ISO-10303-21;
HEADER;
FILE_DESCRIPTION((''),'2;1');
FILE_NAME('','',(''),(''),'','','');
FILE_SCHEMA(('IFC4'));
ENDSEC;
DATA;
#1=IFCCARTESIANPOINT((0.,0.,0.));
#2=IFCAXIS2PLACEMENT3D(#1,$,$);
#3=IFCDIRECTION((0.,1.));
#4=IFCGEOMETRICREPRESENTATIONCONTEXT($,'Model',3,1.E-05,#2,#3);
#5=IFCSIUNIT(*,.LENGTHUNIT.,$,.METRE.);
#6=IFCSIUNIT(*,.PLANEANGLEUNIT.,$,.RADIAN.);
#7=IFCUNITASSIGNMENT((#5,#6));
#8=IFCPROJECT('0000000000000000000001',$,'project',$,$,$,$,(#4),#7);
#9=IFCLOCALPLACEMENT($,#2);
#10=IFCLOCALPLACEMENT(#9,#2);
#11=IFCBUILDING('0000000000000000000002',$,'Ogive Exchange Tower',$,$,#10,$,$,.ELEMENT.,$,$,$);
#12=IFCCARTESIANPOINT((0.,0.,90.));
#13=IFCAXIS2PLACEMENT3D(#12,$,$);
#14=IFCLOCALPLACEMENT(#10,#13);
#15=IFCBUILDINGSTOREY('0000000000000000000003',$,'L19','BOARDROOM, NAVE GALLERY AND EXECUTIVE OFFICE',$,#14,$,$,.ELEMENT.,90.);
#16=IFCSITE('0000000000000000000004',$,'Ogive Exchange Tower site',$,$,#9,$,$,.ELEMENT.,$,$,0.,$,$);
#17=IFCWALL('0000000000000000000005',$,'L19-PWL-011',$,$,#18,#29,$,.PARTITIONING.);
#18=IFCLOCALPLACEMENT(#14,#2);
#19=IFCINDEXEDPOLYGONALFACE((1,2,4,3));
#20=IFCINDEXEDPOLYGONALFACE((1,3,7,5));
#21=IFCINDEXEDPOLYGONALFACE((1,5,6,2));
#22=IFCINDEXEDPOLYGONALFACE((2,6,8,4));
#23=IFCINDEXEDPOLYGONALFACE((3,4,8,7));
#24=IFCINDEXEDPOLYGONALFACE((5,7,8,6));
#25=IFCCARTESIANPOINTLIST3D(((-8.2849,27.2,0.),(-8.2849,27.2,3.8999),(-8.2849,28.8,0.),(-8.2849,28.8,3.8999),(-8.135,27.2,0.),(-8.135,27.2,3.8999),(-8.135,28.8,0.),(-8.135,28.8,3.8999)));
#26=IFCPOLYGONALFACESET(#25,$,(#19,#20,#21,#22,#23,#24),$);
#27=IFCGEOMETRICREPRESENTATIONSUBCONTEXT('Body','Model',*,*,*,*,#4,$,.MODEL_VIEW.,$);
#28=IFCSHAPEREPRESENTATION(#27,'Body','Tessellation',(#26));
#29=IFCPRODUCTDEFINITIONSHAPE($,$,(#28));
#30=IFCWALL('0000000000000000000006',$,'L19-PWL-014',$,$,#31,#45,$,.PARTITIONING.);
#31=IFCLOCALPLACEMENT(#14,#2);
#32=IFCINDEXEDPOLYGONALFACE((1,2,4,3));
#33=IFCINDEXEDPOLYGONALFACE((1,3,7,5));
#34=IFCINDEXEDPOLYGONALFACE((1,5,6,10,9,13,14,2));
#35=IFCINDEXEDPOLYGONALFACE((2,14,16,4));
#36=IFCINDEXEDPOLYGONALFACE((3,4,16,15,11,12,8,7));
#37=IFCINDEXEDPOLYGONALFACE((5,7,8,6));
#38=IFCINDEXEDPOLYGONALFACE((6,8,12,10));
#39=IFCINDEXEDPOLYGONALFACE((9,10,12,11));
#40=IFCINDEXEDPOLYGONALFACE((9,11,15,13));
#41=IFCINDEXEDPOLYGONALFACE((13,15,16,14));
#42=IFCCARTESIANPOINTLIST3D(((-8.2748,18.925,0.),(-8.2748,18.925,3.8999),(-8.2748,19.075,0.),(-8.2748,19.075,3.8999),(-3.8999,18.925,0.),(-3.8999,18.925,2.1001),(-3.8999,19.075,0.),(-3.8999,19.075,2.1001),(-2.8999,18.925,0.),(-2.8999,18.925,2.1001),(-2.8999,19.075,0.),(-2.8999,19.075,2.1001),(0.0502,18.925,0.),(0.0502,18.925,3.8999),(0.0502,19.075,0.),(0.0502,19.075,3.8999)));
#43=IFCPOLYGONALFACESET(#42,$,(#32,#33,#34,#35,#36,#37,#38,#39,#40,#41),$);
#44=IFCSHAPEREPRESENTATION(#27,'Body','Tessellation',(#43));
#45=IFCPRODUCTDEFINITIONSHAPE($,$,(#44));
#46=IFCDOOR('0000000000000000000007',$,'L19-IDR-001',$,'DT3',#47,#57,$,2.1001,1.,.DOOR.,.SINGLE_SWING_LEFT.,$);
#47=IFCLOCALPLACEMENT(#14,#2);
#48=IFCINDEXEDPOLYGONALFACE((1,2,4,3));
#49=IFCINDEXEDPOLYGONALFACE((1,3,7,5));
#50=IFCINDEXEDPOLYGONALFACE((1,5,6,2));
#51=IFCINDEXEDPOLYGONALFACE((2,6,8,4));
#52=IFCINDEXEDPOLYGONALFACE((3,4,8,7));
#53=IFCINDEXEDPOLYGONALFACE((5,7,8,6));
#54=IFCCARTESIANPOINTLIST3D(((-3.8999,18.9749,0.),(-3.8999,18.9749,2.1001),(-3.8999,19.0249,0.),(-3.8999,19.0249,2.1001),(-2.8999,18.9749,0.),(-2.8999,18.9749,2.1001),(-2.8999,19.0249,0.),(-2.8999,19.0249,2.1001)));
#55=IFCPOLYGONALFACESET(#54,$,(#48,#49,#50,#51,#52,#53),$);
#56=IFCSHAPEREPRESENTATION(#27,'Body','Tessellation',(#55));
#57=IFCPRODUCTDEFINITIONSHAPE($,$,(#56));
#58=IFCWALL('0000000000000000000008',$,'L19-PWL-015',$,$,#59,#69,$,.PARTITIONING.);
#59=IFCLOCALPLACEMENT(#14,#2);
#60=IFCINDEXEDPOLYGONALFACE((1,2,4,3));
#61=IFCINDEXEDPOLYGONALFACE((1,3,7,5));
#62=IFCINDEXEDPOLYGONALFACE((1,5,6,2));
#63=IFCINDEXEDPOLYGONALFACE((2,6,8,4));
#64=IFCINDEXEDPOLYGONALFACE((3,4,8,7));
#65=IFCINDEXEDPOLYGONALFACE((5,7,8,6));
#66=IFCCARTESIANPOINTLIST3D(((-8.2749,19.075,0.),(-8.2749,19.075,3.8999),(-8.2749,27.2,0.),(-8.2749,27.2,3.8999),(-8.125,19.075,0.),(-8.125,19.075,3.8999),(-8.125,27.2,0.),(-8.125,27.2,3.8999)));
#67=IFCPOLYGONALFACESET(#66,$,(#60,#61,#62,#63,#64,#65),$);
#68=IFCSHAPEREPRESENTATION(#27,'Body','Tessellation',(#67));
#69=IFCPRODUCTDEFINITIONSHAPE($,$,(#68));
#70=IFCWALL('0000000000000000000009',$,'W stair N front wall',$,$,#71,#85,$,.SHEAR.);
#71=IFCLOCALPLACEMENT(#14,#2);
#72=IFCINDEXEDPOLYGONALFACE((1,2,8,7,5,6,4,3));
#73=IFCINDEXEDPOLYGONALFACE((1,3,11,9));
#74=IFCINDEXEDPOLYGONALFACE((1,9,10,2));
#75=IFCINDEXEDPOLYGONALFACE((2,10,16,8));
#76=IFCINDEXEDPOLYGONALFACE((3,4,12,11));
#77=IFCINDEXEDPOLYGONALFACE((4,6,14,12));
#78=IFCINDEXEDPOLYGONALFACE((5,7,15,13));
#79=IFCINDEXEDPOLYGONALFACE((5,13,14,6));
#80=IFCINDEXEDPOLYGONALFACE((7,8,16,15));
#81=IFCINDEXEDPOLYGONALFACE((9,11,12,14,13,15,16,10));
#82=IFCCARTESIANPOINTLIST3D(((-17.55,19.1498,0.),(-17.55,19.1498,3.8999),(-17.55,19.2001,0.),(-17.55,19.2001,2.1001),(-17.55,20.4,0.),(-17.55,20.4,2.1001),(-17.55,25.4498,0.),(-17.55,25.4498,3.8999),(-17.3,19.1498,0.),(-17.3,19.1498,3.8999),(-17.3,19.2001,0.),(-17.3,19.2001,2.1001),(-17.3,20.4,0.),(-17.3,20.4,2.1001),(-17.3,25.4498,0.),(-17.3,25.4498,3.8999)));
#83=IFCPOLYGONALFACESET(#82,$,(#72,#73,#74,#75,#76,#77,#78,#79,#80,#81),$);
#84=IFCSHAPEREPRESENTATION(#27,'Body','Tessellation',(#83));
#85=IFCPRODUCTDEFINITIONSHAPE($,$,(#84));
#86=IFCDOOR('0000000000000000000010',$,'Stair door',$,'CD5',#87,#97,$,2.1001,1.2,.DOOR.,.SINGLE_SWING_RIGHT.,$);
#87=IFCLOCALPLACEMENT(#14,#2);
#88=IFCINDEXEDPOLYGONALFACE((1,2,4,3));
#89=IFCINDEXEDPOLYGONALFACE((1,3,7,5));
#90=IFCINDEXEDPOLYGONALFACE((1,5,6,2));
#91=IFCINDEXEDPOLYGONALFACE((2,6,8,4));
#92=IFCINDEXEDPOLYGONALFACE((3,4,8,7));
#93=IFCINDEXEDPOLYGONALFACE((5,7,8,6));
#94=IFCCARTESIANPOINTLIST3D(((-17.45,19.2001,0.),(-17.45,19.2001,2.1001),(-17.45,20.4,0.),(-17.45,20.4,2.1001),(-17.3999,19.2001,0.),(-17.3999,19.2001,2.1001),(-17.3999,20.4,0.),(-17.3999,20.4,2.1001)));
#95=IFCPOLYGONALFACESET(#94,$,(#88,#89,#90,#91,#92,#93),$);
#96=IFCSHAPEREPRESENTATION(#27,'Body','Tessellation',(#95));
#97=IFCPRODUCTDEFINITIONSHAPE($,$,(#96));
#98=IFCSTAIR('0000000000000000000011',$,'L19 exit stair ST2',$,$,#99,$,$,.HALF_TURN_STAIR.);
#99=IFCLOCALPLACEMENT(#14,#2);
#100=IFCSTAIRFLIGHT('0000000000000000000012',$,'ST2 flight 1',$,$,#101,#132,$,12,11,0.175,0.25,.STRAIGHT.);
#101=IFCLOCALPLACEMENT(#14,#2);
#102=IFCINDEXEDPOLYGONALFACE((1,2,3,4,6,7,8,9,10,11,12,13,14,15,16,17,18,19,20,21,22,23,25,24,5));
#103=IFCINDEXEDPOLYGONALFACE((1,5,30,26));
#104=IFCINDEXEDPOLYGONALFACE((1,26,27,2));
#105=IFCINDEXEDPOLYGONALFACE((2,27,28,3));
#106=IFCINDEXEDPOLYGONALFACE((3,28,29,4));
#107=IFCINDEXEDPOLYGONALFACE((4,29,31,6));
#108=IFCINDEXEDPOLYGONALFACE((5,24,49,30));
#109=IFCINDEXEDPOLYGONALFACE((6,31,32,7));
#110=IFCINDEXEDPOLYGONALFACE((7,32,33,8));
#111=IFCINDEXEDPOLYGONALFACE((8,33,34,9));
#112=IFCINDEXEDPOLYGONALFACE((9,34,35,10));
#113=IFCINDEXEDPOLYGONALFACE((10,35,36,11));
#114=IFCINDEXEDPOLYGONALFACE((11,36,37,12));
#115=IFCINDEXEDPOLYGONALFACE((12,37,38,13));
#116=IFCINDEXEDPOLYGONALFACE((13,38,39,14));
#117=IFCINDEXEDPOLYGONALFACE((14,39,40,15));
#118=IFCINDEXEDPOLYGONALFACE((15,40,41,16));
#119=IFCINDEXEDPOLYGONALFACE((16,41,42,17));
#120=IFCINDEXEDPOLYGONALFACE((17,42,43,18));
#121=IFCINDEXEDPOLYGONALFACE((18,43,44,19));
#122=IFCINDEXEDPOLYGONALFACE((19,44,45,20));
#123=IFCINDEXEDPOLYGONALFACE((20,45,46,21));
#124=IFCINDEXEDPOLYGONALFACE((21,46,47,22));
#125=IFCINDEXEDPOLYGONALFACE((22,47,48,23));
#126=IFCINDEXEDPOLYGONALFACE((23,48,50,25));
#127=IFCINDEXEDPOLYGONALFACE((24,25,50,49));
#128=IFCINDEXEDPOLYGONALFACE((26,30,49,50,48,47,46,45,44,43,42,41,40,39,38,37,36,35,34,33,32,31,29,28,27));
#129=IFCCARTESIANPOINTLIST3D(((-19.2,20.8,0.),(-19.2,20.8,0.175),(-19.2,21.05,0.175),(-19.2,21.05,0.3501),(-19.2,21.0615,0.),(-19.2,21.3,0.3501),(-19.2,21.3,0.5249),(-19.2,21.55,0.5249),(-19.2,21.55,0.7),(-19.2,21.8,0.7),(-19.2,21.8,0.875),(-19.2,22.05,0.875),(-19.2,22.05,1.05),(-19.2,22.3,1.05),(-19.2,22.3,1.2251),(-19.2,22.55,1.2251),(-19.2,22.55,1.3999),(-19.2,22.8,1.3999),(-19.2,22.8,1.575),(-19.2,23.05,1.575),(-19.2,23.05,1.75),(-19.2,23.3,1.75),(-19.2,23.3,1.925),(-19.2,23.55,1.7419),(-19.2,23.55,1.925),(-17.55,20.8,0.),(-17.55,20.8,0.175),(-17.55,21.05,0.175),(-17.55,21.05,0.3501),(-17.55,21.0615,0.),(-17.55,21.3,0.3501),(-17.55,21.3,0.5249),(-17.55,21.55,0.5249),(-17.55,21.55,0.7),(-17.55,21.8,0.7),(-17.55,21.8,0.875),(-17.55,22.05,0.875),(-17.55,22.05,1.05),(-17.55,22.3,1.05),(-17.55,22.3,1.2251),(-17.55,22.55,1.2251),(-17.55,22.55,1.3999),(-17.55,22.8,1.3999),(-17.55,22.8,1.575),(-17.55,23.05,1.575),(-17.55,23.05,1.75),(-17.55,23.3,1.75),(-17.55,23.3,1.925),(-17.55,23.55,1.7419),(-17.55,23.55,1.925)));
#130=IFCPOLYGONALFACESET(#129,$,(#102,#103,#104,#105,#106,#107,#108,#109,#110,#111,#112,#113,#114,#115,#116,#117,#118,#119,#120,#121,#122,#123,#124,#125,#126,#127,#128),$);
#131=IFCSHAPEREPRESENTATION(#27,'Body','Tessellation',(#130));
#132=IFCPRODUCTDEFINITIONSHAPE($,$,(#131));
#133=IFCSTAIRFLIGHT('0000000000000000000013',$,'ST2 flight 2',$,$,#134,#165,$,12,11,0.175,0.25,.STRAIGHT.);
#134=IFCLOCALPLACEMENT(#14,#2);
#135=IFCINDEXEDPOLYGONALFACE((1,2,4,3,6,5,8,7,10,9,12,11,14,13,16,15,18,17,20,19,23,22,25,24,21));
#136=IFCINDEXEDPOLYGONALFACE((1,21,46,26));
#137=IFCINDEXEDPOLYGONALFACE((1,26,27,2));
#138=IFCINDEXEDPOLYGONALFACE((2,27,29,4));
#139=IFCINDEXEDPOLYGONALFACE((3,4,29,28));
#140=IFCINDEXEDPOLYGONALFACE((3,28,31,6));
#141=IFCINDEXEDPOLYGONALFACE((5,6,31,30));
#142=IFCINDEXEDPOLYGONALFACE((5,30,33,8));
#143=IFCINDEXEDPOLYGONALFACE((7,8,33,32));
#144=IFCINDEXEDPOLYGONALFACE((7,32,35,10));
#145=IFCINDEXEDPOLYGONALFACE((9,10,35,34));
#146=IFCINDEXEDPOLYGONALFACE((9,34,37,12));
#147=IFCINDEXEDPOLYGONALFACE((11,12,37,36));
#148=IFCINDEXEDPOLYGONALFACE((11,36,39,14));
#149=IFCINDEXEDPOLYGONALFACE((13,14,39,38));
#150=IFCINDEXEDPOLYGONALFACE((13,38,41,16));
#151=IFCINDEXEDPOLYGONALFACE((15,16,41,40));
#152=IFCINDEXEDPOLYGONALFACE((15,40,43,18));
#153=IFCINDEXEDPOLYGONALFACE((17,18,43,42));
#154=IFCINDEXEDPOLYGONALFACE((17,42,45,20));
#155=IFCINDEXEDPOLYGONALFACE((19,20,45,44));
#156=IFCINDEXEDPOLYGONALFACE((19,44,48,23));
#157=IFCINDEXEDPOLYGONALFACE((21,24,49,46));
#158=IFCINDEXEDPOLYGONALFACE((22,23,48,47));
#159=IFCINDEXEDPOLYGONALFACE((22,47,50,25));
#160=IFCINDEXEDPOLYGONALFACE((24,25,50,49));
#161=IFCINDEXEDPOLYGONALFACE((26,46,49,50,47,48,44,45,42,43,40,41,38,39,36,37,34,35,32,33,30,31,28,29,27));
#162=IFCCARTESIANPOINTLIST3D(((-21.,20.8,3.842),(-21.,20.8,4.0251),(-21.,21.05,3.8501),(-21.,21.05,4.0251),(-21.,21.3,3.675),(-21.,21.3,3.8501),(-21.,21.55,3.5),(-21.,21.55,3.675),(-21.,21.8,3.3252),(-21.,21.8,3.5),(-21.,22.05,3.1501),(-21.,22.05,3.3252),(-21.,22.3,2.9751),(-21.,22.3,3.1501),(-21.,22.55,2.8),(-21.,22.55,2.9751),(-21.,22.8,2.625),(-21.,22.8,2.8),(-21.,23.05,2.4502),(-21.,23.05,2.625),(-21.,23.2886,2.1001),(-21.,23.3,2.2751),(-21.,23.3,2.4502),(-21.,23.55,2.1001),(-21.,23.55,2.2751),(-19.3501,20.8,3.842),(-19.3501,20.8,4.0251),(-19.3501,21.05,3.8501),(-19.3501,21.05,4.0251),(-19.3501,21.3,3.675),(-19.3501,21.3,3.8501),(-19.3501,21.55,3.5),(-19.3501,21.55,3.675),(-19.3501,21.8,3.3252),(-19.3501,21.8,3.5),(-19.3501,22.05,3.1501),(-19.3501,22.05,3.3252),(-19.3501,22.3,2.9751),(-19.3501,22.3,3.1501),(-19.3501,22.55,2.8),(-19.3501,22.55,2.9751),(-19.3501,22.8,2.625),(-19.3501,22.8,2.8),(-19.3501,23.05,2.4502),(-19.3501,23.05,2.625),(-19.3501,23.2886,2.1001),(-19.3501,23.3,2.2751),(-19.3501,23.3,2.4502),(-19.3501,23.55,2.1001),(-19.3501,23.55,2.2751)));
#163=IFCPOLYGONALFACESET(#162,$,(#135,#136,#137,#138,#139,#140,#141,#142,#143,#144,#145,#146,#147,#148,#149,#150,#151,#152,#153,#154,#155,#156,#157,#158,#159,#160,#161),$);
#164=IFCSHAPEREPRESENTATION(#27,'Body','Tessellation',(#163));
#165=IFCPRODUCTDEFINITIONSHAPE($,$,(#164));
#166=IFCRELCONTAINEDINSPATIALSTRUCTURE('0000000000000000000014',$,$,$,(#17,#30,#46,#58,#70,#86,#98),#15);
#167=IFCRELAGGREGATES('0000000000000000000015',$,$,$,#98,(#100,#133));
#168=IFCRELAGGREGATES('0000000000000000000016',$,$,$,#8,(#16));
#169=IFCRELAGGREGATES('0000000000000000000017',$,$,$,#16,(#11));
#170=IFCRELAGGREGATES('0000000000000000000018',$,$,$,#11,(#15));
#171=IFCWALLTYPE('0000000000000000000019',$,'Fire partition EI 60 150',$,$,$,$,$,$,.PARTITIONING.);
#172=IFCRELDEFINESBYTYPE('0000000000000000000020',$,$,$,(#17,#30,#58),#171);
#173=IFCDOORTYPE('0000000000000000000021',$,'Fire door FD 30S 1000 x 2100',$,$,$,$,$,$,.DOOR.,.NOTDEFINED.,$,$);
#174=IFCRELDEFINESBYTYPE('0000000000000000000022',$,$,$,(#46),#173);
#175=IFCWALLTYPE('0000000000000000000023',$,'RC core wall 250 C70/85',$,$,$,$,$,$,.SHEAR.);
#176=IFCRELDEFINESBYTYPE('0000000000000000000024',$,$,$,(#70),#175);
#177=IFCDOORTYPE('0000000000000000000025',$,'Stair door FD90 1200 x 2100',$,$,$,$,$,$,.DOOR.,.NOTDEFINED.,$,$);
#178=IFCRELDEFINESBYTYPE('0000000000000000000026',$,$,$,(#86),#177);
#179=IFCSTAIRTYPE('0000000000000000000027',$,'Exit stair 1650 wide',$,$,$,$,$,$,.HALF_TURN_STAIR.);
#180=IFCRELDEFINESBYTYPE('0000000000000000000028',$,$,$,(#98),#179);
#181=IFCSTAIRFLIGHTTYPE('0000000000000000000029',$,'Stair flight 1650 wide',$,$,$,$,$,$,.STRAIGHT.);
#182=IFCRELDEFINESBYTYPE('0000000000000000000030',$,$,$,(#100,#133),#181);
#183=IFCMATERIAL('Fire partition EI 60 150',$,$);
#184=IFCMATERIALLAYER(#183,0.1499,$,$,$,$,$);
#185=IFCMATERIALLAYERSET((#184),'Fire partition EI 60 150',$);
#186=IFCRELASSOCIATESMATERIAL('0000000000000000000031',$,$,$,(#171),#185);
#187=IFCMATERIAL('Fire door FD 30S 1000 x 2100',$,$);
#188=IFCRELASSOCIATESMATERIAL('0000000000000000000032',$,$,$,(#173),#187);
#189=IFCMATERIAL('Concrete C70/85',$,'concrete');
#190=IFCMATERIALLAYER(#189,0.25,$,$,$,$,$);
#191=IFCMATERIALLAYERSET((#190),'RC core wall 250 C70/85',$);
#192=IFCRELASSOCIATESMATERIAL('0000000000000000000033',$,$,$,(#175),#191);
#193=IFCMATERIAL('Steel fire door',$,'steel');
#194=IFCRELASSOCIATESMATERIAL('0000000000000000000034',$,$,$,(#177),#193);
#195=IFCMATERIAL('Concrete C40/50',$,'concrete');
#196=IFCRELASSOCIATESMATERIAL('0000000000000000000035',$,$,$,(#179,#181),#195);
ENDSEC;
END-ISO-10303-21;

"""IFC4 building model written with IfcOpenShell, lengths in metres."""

from ifc_helpers import new_model, si_unit, direction, frame, frame_2d, origin, place, context, subcontext, project, spatial, polyline, rectangle, outline, extrude, material, layer, layer_set, type_object, element, fill, aggregate, save


model = new_model("IFC4")

# Units and contexts
model_context = context("Model", 3, precision=1e-05, world=origin(), true_north=direction((0.0, 1.0)))
body_context = subcontext(model_context, "Body", "Model", "MODEL_VIEW")
ifc_project = project(units=[si_unit("LENGTHUNIT", "METRE"), si_unit("PLANEANGLEUNIT", "RADIAN")], contexts=[model_context])

# Site, building, storey
site_placement = place(None, origin())
site = spatial("IfcSite", under=ifc_project, at=site_placement, Name="Ogive Exchange Tower site", CompositionType="ELEMENT", RefElevation=0.0)
building_placement = place(site_placement, origin())
building = spatial("IfcBuilding", under=site, at=building_placement, Name="Ogive Exchange Tower", CompositionType="ELEMENT")
storey_placement = place(building_placement, frame((0.0, 0.0, 90.0)))
storey = spatial("IfcBuildingStorey", under=building, at=storey_placement, Name="L19", Description="BOARDROOM, NAVE GALLERY AND EXECUTIVE OFFICE", CompositionType="ELEMENT", Elevation=90.0)

# Wall
ifc_material_1 = material(Name="Fire partition EI 60 150")
ifc_layer_1 = layer(ifc_material_1, 0.1499)
ifc_layer_set_1 = layer_set([ifc_layer_1], Name="Fire partition EI 60 150")
wall_type_1 = type_object("IfcWallType", Name="Fire partition EI 60 150", PredefinedType="PARTITIONING", material=ifc_layer_set_1)
wall_1_placement = place(storey_placement, frame((-8.21, 28.8, 0.0), z_axis=(0.0, 0.0, 1.0), x_axis=(0.0, -1.0, 0.0)))
element("IfcWall", 1, at=wall_1_placement, inside=storey, type_object=wall_type_1, Name="L19-PWL-011", PredefinedType="PARTITIONING", context=body_context, shape_type="SweptSolid", body=[
    extrude(rectangle(XDim=1.6001, YDim=0.1499, at=frame_2d((0.8, 0.0))), origin(), (0.0, 0.0, 1.0), 3.8999),
])

# Wall, opening, door
wall_2_placement = place(storey_placement, frame((-8.2749, 19.0, 0.0), z_axis=(0.0, 0.0, 1.0), x_axis=(1.0, 0.0, 0.0)))
wall_2 = element("IfcWall", 2, at=wall_2_placement, inside=storey, type_object=wall_type_1, Name="L19-PWL-014", PredefinedType="PARTITIONING", context=body_context, shape_type="SweptSolid", body=[
    extrude(rectangle(XDim=8.325, YDim=0.1499, at=frame_2d((4.1626, 0.0))), origin(), (0.0, 0.0, 1.0), 3.8999),
])
opening_1_placement = place(wall_2_placement, frame((4.375, 0.0, 0.0)))
opening_1 = element("IfcOpeningElement", 3, at=opening_1_placement, cuts=wall_2, PredefinedType="OPENING", context=body_context, shape_type="SweptSolid", body=[
    extrude(rectangle(XDim=1.0, YDim=2.1001, at=frame_2d((0.5, 1.05))), frame((0.0, 0.085, 0.0), z_axis=(0.0, -1.0, 0.0), x_axis=(1.0, 0.0, 0.0)), (0.0, 0.0, 1.0), 0.1699),
])
ifc_material_2 = material(Name="Fire door FD 30S 1000 x 2100")
door_type_1 = type_object("IfcDoorType", Name="Fire door FD 30S 1000 x 2100", OperationType="NOTDEFINED", PredefinedType="DOOR", material=ifc_material_2)
door_1_placement = place(opening_1_placement, origin())
door_1 = element("IfcDoor", 4, at=door_1_placement, inside=storey, type_object=door_type_1, Name="L19-IDR-001", ObjectType="DT3", OperationType="SINGLE_SWING_LEFT", OverallHeight=2.1001, OverallWidth=1.0, PredefinedType="DOOR", context=body_context, shape_type="SweptSolid", body=[
    extrude(rectangle(XDim=1.0, YDim=2.1001, at=frame_2d((0.5, 1.05))), frame((0.0, 0.0249, 0.0), z_axis=(0.0, -1.0, 0.0), x_axis=(1.0, 0.0, 0.0)), (0.0, 0.0, 1.0), 0.05),
])
fill(opening_1, door_1)

# Wall
wall_3_placement = place(storey_placement, frame((-8.2, 27.2, 0.0), z_axis=(0.0, 0.0, 1.0), x_axis=(0.0, -1.0, 0.0)))
element("IfcWall", 5, at=wall_3_placement, inside=storey, type_object=wall_type_1, Name="L19-PWL-015", PredefinedType="PARTITIONING", context=body_context, shape_type="SweptSolid", body=[
    extrude(rectangle(XDim=8.125, YDim=0.1499, at=frame_2d((4.0625, 0.0))), origin(), (0.0, 0.0, 1.0), 3.8999),
])

# Wall, opening, door
ifc_material_3 = material(Name="Concrete C70/85", Category="concrete")
ifc_layer_2 = layer(ifc_material_3, 0.25)
ifc_layer_set_2 = layer_set([ifc_layer_2], Name="RC core wall 250 C70/85")
wall_type_2 = type_object("IfcWallType", Name="RC core wall 250 C70/85", PredefinedType="SHEAR", material=ifc_layer_set_2)
wall_4_placement = place(storey_placement, frame((-17.425, 19.1499, 0.0), z_axis=(0.0, 0.0, 1.0), x_axis=(0.0, 1.0, 0.0)))
wall_4 = element("IfcWall", 6, at=wall_4_placement, inside=storey, type_object=wall_type_2, Name="W stair N front wall", PredefinedType="SHEAR", context=body_context, shape_type="SweptSolid", body=[
    extrude(rectangle(XDim=6.3, YDim=0.25, at=frame_2d((3.1499, 0.0))), origin(), (0.0, 0.0, 1.0), 3.8999),
])
opening_2_placement = place(wall_4_placement, frame((0.05, 0.0, 0.0)))
opening_2 = element("IfcOpeningElement", 7, at=opening_2_placement, cuts=wall_4, PredefinedType="OPENING", context=body_context, shape_type="SweptSolid", body=[
    extrude(rectangle(XDim=1.2, YDim=2.1001, at=frame_2d((0.6001, 1.05))), frame((0.0, 0.135, 0.0), z_axis=(0.0, -1.0, 0.0), x_axis=(1.0, 0.0, 0.0)), (0.0, 0.0, 1.0), 0.27),
])
ifc_material_4 = material(Name="Steel fire door", Category="steel")
door_type_2 = type_object("IfcDoorType", Name="Stair door FD90 1200 x 2100", OperationType="NOTDEFINED", PredefinedType="DOOR", material=ifc_material_4)
door_2_placement = place(opening_2_placement, origin())
door_2 = element("IfcDoor", 8, at=door_2_placement, inside=storey, type_object=door_type_2, Name="Stair door", ObjectType="CD5", OperationType="SINGLE_SWING_RIGHT", OverallHeight=2.1001, OverallWidth=1.2, PredefinedType="DOOR", context=body_context, shape_type="SweptSolid", body=[
    extrude(rectangle(XDim=1.2, YDim=2.1001, at=frame_2d((0.6001, 1.05))), frame((0.0, 0.0249, 0.0), z_axis=(0.0, -1.0, 0.0), x_axis=(1.0, 0.0, 0.0)), (0.0, 0.0, 1.0), 0.05),
])
fill(opening_2, door_2)

# Stair, stair flights
ifc_material_5 = material(Name="Concrete C40/50", Category="concrete")
stair_type = type_object("IfcStairType", Name="Exit stair 1650 wide", PredefinedType="HALF_TURN_STAIR", material=ifc_material_5)
stair_placement = place(storey_placement, origin())
stair = element("IfcStair", 9, at=stair_placement, inside=storey, type_object=stair_type, Name="L19 exit stair ST2", PredefinedType="HALF_TURN_STAIR")
stair_flight_type = type_object("IfcStairFlightType", Name="Stair flight 1650 wide", PredefinedType="STRAIGHT", material=ifc_material_5)
stair_flight_1_placement = place(storey_placement, frame((-18.375, 20.8, 0.0), z_axis=(0.0, 0.0, 1.0), x_axis=(0.0, 1.0, 0.0)))
stair_flight_1 = element("IfcStairFlight", 10, at=stair_flight_1_placement, type_object=stair_flight_type, Name="ST2 flight 1", NumberOfRisers=12, NumberOfTreads=11, PredefinedType="STRAIGHT", RiserHeight=0.175, TreadLength=0.25, context=body_context, shape_type="SweptSolid", body=[
    extrude(outline(polyline([(0.0, 0.0), (0.0, 0.175), (0.25, 0.175), (0.25, 0.3501), (0.5, 0.3501), (0.5, 0.5249), (0.75, 0.5249), (0.75, 0.7), (1.0, 0.7), (1.0, 0.875), (1.25, 0.875), (1.25, 1.05), (1.5, 1.05), (1.5, 1.2251), (1.75, 1.2251), (1.75, 1.3999), (2.0, 1.3999), (2.0, 1.575), (2.25, 1.575), (2.25, 1.75), (2.5, 1.75), (2.5, 1.925), (2.75, 1.925), (2.75, 2.1001), (2.75, 1.7419), (0.2615, 0.0), (0.0, 0.0)])), frame((0.0, 0.825, 0.0), z_axis=(0.0, -1.0, 0.0), x_axis=(1.0, 0.0, 0.0)), (0.0, 0.0, 1.0), 1.6499),
])
stair_flight_2_placement = place(storey_placement, frame((-20.175, 23.55, 2.1001), z_axis=(0.0, 0.0, 1.0), x_axis=(0.0, -1.0, 0.0)))
stair_flight_2 = element("IfcStairFlight", 11, at=stair_flight_2_placement, type_object=stair_flight_type, Name="ST2 flight 2", NumberOfRisers=12, NumberOfTreads=11, PredefinedType="STRAIGHT", RiserHeight=0.175, TreadLength=0.25, context=body_context, shape_type="SweptSolid", body=[
    extrude(outline(polyline([(0.0, 0.0), (0.0, 0.175), (0.25, 0.175), (0.25, 0.3501), (0.5, 0.3501), (0.5, 0.5249), (0.75, 0.5249), (0.75, 0.7), (1.0, 0.7), (1.0, 0.875), (1.25, 0.875), (1.25, 1.05), (1.5, 1.05), (1.5, 1.2251), (1.75, 1.2251), (1.75, 1.3999), (2.0, 1.3999), (2.0, 1.575), (2.25, 1.575), (2.25, 1.75), (2.5, 1.75), (2.5, 1.925), (2.75, 1.925), (2.75, 2.1001), (2.75, 1.7419), (0.2615, 0.0), (0.0, 0.0)])), frame((0.0, 0.825, 0.0), z_axis=(0.0, -1.0, 0.0), x_axis=(1.0, 0.0, 0.0)), (0.0, 0.0, 1.0), 1.6499),
])
aggregate(stair, [stair_flight_1, stair_flight_2])

save(model, "model.ifc")
